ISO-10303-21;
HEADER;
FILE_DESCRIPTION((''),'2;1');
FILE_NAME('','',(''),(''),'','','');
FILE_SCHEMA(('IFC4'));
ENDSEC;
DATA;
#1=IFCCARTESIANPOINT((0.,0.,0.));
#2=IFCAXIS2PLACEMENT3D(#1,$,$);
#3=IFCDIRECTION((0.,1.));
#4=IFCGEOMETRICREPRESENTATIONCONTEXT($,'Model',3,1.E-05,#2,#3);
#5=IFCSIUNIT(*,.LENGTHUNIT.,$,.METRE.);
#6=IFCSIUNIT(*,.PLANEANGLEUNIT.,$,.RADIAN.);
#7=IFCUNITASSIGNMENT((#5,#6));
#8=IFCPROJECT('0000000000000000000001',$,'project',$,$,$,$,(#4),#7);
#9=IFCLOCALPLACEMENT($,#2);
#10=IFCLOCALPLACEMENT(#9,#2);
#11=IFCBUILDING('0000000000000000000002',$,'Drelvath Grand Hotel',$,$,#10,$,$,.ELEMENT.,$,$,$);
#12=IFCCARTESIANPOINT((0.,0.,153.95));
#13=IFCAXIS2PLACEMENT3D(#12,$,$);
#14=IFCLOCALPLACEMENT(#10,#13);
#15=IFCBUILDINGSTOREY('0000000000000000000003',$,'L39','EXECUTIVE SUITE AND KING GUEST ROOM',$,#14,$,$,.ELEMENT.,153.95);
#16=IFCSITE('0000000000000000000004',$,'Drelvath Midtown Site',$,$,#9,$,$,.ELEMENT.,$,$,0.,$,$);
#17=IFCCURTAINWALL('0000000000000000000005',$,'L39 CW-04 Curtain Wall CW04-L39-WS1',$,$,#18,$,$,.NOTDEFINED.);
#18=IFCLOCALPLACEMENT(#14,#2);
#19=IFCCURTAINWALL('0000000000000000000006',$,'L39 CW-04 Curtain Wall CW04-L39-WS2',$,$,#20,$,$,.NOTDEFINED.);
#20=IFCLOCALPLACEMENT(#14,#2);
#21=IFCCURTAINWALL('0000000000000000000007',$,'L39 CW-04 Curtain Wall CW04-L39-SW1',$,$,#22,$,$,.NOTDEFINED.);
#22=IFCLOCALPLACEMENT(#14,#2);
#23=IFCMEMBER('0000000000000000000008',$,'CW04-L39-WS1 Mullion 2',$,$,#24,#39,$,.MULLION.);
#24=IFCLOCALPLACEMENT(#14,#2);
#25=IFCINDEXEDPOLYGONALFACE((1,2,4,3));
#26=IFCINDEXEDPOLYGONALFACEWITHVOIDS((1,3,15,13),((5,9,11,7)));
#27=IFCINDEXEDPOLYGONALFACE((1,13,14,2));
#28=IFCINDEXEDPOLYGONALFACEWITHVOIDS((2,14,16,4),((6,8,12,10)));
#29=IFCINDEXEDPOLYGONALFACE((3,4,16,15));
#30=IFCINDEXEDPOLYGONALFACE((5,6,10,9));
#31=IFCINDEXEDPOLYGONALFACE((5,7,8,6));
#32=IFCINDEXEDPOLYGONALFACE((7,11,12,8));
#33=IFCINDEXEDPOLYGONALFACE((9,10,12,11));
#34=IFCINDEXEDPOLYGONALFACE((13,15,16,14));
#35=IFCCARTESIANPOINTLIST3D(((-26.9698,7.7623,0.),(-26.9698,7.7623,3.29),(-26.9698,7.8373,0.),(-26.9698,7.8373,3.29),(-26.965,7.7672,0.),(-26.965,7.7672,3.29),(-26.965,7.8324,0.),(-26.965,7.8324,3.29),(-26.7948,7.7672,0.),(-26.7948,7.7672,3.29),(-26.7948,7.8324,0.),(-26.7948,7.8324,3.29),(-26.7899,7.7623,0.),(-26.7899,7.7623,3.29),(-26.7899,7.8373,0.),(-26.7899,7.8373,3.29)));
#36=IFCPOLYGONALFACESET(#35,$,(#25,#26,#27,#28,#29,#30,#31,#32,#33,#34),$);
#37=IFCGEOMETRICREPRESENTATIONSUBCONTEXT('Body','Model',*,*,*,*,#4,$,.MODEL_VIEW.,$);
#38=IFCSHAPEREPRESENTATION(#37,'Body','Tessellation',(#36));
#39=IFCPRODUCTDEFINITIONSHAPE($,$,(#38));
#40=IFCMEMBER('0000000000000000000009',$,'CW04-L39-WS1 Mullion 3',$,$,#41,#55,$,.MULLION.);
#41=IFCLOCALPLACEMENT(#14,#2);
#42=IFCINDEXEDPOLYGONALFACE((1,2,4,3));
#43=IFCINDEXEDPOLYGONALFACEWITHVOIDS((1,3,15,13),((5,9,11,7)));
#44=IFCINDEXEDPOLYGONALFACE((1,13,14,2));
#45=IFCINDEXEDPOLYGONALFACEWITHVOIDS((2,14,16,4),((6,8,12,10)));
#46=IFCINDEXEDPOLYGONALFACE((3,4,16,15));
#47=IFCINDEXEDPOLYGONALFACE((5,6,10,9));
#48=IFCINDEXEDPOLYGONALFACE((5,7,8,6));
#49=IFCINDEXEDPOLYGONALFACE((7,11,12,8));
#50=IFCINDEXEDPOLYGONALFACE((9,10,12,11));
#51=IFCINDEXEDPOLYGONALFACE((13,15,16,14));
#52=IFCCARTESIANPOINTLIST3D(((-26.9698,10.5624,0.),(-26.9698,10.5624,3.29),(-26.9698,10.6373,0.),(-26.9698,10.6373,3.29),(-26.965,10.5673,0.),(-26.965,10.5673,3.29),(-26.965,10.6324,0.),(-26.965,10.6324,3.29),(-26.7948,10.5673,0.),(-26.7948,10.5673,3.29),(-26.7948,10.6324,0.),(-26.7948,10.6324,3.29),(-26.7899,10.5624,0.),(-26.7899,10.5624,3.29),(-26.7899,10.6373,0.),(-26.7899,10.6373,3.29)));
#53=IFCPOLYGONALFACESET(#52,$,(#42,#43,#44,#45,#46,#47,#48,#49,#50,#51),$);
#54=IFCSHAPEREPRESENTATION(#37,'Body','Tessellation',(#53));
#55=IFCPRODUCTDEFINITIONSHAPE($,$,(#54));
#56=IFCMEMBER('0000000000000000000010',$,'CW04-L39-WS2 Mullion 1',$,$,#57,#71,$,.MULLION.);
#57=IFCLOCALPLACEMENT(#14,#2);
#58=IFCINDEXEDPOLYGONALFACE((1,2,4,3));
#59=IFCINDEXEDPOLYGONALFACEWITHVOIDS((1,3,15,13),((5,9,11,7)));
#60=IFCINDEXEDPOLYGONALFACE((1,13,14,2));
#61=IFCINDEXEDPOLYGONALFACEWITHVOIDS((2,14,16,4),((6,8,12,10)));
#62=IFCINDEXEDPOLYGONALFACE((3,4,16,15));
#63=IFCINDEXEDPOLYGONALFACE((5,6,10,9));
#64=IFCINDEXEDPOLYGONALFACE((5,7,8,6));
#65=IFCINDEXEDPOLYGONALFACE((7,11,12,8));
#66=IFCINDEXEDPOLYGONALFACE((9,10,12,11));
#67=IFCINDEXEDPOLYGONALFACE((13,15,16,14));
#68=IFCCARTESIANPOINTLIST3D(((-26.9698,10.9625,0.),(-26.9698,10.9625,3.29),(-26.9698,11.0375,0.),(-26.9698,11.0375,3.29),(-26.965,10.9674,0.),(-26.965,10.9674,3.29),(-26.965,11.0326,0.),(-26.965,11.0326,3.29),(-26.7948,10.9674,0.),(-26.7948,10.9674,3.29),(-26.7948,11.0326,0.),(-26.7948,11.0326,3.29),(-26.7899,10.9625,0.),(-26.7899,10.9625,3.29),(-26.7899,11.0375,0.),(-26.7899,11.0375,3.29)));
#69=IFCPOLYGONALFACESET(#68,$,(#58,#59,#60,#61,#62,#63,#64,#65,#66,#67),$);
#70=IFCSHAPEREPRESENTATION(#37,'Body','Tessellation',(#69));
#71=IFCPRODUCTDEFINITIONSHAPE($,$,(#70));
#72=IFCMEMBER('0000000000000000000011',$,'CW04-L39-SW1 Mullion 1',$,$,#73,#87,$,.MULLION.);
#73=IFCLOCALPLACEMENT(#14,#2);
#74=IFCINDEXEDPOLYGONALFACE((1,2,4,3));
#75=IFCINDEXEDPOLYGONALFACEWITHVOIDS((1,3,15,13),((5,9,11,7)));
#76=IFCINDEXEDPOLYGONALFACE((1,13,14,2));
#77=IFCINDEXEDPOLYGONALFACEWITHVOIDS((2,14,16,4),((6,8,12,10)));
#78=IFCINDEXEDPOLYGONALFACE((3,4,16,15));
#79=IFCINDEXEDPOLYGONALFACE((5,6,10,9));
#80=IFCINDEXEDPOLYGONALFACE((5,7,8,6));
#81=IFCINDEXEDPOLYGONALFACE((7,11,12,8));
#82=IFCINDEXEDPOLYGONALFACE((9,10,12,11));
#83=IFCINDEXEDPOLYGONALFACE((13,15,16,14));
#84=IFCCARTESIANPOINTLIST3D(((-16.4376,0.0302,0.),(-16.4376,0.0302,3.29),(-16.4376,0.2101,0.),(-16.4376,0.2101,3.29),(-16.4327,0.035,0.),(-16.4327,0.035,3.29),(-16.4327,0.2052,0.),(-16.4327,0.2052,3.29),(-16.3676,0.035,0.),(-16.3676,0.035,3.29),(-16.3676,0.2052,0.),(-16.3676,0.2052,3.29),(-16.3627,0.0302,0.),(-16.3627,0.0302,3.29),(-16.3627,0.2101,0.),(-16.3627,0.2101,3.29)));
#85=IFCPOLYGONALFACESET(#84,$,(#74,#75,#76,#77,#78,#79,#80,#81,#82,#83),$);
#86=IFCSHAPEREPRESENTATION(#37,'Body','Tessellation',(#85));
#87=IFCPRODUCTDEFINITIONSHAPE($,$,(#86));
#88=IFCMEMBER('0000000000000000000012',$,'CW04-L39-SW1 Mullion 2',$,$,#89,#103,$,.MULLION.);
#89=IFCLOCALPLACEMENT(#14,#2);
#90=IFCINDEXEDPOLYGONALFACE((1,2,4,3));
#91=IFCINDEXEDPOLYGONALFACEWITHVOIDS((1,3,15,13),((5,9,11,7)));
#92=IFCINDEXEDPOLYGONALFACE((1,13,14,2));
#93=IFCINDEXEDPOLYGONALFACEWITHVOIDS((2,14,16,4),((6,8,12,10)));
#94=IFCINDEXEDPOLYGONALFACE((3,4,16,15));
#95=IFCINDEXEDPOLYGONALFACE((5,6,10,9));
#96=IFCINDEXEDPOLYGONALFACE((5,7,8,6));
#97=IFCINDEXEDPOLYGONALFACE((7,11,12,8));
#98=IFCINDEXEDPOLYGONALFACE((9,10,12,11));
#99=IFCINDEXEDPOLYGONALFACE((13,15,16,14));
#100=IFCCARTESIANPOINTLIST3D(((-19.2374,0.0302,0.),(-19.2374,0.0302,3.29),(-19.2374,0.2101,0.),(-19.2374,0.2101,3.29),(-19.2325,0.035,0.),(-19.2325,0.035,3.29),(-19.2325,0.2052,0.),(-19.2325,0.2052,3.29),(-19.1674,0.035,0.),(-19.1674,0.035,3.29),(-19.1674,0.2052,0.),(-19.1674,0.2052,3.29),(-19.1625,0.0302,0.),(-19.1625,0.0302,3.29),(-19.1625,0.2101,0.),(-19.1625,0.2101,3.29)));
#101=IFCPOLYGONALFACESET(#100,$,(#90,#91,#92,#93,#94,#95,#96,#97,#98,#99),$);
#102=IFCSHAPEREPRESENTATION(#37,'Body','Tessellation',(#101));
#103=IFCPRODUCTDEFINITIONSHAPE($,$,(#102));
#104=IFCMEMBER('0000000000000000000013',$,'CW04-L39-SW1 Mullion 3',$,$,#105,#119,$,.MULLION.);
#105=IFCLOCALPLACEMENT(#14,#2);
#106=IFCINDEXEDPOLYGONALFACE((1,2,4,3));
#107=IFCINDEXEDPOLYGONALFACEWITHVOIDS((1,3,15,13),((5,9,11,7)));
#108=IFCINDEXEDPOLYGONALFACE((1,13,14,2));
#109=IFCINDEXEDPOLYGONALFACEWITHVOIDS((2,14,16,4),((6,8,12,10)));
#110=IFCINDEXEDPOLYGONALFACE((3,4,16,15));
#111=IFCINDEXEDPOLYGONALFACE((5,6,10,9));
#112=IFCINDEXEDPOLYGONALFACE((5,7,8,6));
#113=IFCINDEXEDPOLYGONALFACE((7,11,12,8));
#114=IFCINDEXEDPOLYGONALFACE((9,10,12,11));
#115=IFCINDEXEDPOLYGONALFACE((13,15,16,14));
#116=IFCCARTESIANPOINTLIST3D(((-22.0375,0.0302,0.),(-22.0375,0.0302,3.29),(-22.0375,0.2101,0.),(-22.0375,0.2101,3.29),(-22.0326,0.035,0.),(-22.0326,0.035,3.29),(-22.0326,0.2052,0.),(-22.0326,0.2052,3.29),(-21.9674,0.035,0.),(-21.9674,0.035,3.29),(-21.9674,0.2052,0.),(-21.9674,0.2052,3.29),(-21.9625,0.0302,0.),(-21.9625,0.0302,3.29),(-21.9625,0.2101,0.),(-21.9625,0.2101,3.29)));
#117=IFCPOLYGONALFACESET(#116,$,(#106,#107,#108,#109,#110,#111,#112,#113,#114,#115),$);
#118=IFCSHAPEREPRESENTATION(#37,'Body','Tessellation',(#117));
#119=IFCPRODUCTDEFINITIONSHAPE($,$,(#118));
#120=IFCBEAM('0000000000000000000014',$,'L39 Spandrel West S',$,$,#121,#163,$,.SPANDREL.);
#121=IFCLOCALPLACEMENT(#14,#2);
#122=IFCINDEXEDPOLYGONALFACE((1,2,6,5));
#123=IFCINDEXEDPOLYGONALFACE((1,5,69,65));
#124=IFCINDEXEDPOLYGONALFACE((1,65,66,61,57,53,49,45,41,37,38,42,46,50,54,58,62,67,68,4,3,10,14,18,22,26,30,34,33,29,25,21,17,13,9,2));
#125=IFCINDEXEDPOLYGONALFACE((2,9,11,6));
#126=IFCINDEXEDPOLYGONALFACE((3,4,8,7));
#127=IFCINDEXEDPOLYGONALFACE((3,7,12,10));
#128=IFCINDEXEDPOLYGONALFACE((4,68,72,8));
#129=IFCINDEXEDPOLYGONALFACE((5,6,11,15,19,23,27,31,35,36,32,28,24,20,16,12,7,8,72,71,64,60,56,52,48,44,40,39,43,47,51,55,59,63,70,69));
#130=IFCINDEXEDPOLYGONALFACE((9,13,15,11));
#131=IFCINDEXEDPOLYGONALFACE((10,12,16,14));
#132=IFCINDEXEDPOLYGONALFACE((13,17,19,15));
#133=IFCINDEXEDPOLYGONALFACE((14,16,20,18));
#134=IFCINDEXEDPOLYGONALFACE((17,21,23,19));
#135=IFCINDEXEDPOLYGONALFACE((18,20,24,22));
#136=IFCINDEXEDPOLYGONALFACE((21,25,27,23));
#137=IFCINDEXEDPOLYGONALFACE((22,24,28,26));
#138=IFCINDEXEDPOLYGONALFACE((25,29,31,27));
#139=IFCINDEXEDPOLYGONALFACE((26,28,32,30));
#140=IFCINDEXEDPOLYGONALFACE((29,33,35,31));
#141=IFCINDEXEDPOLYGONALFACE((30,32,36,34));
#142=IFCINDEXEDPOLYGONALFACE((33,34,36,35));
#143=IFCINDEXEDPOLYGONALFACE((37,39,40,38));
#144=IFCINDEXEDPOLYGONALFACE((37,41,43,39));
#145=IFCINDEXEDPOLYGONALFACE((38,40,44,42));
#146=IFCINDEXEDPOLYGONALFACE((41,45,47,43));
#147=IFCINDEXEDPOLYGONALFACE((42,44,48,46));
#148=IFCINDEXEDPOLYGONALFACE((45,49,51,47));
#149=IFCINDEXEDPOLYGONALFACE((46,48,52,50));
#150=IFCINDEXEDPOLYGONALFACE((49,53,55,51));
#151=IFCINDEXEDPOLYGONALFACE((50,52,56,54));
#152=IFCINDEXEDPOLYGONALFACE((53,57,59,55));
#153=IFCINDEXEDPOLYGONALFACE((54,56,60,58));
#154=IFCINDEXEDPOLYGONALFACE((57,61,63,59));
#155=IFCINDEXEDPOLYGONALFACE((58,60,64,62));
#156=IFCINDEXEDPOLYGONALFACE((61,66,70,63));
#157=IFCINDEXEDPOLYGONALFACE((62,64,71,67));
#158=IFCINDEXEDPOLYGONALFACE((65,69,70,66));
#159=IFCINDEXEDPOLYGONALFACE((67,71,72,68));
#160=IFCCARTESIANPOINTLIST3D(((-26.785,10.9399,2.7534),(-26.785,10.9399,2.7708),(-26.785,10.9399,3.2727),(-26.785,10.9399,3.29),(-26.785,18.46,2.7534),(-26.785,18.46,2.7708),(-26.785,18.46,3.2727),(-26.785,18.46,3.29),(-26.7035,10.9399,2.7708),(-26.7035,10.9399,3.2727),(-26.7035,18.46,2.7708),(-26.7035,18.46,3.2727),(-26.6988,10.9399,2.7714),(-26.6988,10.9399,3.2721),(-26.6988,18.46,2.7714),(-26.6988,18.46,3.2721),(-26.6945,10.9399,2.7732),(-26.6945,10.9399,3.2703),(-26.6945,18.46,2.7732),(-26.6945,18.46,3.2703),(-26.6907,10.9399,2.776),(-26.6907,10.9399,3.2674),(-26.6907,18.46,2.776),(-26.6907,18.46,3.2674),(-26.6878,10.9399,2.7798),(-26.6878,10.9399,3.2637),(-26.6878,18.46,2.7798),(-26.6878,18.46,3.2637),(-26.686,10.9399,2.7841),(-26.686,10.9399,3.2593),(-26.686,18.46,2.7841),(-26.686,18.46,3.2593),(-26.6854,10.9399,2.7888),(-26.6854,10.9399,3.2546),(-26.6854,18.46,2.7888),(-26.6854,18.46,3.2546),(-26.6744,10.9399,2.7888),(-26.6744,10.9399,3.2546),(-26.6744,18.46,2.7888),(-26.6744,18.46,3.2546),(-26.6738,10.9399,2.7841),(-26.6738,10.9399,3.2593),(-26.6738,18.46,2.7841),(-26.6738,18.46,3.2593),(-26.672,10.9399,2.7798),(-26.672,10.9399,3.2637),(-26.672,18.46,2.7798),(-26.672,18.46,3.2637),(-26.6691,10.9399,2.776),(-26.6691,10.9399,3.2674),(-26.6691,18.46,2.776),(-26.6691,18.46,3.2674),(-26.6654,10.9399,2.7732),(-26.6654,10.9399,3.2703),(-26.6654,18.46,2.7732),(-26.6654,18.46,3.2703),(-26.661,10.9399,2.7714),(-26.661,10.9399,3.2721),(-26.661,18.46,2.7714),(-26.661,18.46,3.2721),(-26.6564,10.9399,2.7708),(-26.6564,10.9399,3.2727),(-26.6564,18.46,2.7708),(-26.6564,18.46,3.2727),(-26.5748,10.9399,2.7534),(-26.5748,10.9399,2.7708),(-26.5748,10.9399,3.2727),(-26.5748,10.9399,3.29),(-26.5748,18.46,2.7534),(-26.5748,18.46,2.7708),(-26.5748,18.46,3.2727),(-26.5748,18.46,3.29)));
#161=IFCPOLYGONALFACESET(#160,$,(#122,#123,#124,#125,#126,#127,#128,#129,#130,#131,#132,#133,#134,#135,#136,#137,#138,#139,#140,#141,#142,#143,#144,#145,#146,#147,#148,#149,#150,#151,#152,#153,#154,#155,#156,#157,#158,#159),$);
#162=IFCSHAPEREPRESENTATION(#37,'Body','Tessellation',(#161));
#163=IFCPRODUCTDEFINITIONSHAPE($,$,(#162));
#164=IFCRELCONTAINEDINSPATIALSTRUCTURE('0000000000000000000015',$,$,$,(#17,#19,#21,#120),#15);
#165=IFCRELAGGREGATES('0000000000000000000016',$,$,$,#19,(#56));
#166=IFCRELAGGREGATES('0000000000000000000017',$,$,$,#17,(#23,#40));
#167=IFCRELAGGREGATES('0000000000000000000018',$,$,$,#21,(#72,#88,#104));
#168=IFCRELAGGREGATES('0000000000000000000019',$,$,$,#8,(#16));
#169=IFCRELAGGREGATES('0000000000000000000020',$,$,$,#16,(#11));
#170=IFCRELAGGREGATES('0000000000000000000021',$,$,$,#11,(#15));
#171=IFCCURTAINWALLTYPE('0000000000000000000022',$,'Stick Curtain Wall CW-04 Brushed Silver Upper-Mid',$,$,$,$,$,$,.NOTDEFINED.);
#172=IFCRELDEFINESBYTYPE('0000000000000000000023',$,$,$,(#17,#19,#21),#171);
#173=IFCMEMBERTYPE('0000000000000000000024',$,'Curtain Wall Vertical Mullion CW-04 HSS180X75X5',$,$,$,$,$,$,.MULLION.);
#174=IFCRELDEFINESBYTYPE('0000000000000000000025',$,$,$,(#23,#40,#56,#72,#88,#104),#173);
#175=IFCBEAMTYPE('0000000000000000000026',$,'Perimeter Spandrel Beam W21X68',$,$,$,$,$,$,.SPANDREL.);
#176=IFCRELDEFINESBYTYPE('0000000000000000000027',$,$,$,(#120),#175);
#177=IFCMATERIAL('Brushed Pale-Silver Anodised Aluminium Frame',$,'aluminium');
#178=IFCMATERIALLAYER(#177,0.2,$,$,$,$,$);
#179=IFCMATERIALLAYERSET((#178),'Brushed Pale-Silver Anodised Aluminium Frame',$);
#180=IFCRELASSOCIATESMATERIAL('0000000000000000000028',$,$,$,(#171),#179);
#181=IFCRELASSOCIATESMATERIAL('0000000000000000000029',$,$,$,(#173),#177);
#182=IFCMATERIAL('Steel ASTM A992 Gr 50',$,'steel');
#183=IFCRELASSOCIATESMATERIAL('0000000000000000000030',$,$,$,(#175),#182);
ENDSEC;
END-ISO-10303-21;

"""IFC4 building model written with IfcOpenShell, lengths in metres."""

from ifc_helpers import new_model, si_unit, direction, frame, origin, origin_2d, place, context, subcontext, project, spatial, hollow_rectangle, i_section, extrude, material, layer, layer_set, material_profile, profile_set, type_object, element, aggregate, save


model = new_model("IFC4")

# Units and contexts
model_context = context("Model", 3, precision=1e-05, world=origin(), true_north=direction((0.0, 1.0)))
body_context = subcontext(model_context, "Body", "Model", "MODEL_VIEW")
ifc_project = project(units=[si_unit("LENGTHUNIT", "METRE"), si_unit("PLANEANGLEUNIT", "RADIAN")], contexts=[model_context])

# Site, building, storey
site_placement = place(None, origin())
site = spatial("IfcSite", under=ifc_project, at=site_placement, Name="Drelvath Midtown Site", CompositionType="ELEMENT", RefElevation=0.0)
building_placement = place(site_placement, origin())
building = spatial("IfcBuilding", under=site, at=building_placement, Name="Drelvath Grand Hotel", CompositionType="ELEMENT")
storey_placement = place(building_placement, frame((0.0, 0.0, 153.95)))
storey = spatial("IfcBuildingStorey", under=building, at=storey_placement, Name="L39", Description="EXECUTIVE SUITE AND KING GUEST ROOM", CompositionType="ELEMENT", Elevation=153.95)

# Curtain walls
ifc_material_1 = material(Name="Brushed Pale-Silver Anodised Aluminium Frame", Category="aluminium")
ifc_layer_1 = layer(ifc_material_1, 0.2)
ifc_layer_set_1 = layer_set([ifc_layer_1], Name="Brushed Pale-Silver Anodised Aluminium Frame")
curtain_wall_type = type_object("IfcCurtainWallType", Name="Stick Curtain Wall CW-04 Brushed Silver Upper-Mid", PredefinedType="NOTDEFINED", material=ifc_layer_set_1)
curtain_wall_1_placement = place(storey_placement, origin())
curtain_wall_1 = element("IfcCurtainWall", 1, at=curtain_wall_1_placement, inside=storey, type_object=curtain_wall_type, Name="L39 CW-04 Curtain Wall CW04-L39-WS1", PredefinedType="NOTDEFINED")
curtain_wall_2_placement = place(storey_placement, origin())
curtain_wall_2 = element("IfcCurtainWall", 2, at=curtain_wall_2_placement, inside=storey, type_object=curtain_wall_type, Name="L39 CW-04 Curtain Wall CW04-L39-WS2", PredefinedType="NOTDEFINED")
curtain_wall_3_placement = place(storey_placement, origin())
curtain_wall_3 = element("IfcCurtainWall", 3, at=curtain_wall_3_placement, inside=storey, type_object=curtain_wall_type, Name="L39 CW-04 Curtain Wall CW04-L39-SW1", PredefinedType="NOTDEFINED")

# Members
ifc_material_profile_1 = material_profile(ifc_material_1, hollow_rectangle(XDim=0.075, YDim=0.1799, WallThickness=0.0049, at=origin_2d()), Name="HSS180X75X5")
ifc_profile_set_1 = profile_set([ifc_material_profile_1], Name="Brushed Pale-Silver Anodised Aluminium Frame")
member_type_1 = type_object("IfcMemberType", Name="Curtain Wall Vertical Mullion CW-04 HSS180X75X5", PredefinedType="MULLION", material=ifc_profile_set_1)
member_1_placement = place(storey_placement, frame((-26.8799, 7.7998, 0.0), z_axis=(0.0, 0.0, 1.0), x_axis=(0.0, 1.0, 0.0)))
member_1 = element("IfcMember", 4, at=member_1_placement, type_object=member_type_1, Name="CW04-L39-WS1 Mullion 2", PredefinedType="MULLION", context=body_context, shape_type="SweptSolid", body=[
    extrude(hollow_rectangle(XDim=0.075, YDim=0.1799, WallThickness=0.0049, at=origin_2d()), origin(), (0.0, 0.0, 1.0), 3.29),
])
member_2_placement = place(storey_placement, frame((-26.8799, 10.5999, 0.0), z_axis=(0.0, 0.0, 1.0), x_axis=(0.0, 1.0, 0.0)))
member_2 = element("IfcMember", 5, at=member_2_placement, type_object=member_type_1, Name="CW04-L39-WS1 Mullion 3", PredefinedType="MULLION", context=body_context, shape_type="SweptSolid", body=[
    extrude(hollow_rectangle(XDim=0.075, YDim=0.1799, WallThickness=0.0049, at=origin_2d()), origin(), (0.0, 0.0, 1.0), 3.29),
])
member_3_placement = place(storey_placement, frame((-26.8799, 11.0, 0.0), z_axis=(0.0, 0.0, 1.0), x_axis=(0.0, 1.0, 0.0)))
member_3 = element("IfcMember", 6, at=member_3_placement, type_object=member_type_1, Name="CW04-L39-WS2 Mullion 1", PredefinedType="MULLION", context=body_context, shape_type="SweptSolid", body=[
    extrude(hollow_rectangle(XDim=0.075, YDim=0.1799, WallThickness=0.0049, at=origin_2d()), origin(), (0.0, 0.0, 1.0), 3.29),
])
aggregate(curtain_wall_2, [member_3])
member_4_placement = place(storey_placement, frame((-16.4001, 0.1201, 0.0), z_axis=(0.0, 0.0, 1.0), x_axis=(1.0, 0.0, 0.0)))
member_4 = element("IfcMember", 7, at=member_4_placement, type_object=member_type_1, Name="CW04-L39-SW1 Mullion 1", PredefinedType="MULLION", context=body_context, shape_type="SweptSolid", body=[
    extrude(hollow_rectangle(XDim=0.075, YDim=0.1799, WallThickness=0.0049, at=origin_2d()), origin(), (0.0, 0.0, 1.0), 3.29),
])
member_5_placement = place(storey_placement, frame((-19.2, 0.1201, 0.0), z_axis=(0.0, 0.0, 1.0), x_axis=(1.0, 0.0, 0.0)))
member_5 = element("IfcMember", 8, at=member_5_placement, type_object=member_type_1, Name="CW04-L39-SW1 Mullion 2", PredefinedType="MULLION", context=body_context, shape_type="SweptSolid", body=[
    extrude(hollow_rectangle(XDim=0.075, YDim=0.1799, WallThickness=0.0049, at=origin_2d()), origin(), (0.0, 0.0, 1.0), 3.29),
])
member_6_placement = place(storey_placement, frame((-22.0, 0.1201, 0.0), z_axis=(0.0, 0.0, 1.0), x_axis=(1.0, 0.0, 0.0)))
member_6 = element("IfcMember", 9, at=member_6_placement, type_object=member_type_1, Name="CW04-L39-SW1 Mullion 3", PredefinedType="MULLION", context=body_context, shape_type="SweptSolid", body=[
    extrude(hollow_rectangle(XDim=0.075, YDim=0.1799, WallThickness=0.0049, at=origin_2d()), origin(), (0.0, 0.0, 1.0), 3.29),
])

# Beam
ifc_material_2 = material(Name="Steel ASTM A992 Gr 50", Category="steel")
ifc_material_profile_2 = material_profile(ifc_material_2, i_section(OverallWidth=0.2102, OverallDepth=0.5366, WebThickness=0.011, FlangeThickness=0.0173, FilletRadius=0.0181, at=origin_2d()), Name="W21X68")
ifc_profile_set_2 = profile_set([ifc_material_profile_2], Name="Steel ASTM A992 Gr 50")
beam_type_1 = type_object("IfcBeamType", Name="Perimeter Spandrel Beam W21X68", PredefinedType="SPANDREL", material=ifc_profile_set_2)
beam_placement = place(storey_placement, frame((-26.6799, 10.9399, 3.0217), z_axis=(0.0, 1.0, 0.0), x_axis=(-1.0, 0.0, 0.0)))
element("IfcBeam", 10, at=beam_placement, inside=storey, type_object=beam_type_1, Name="L39 Spandrel West S", PredefinedType="SPANDREL", context=body_context, shape_type="SweptSolid", body=[
    extrude(i_section(OverallWidth=0.2102, OverallDepth=0.5366, WebThickness=0.011, FlangeThickness=0.0173, FilletRadius=0.0181, at=origin_2d()), origin(), (0.0, 0.0, 1.0), 7.52),
])

aggregate(curtain_wall_1, [member_1, member_2])
aggregate(curtain_wall_3, [member_4, member_5, member_6])

save(model, "model.ifc")
